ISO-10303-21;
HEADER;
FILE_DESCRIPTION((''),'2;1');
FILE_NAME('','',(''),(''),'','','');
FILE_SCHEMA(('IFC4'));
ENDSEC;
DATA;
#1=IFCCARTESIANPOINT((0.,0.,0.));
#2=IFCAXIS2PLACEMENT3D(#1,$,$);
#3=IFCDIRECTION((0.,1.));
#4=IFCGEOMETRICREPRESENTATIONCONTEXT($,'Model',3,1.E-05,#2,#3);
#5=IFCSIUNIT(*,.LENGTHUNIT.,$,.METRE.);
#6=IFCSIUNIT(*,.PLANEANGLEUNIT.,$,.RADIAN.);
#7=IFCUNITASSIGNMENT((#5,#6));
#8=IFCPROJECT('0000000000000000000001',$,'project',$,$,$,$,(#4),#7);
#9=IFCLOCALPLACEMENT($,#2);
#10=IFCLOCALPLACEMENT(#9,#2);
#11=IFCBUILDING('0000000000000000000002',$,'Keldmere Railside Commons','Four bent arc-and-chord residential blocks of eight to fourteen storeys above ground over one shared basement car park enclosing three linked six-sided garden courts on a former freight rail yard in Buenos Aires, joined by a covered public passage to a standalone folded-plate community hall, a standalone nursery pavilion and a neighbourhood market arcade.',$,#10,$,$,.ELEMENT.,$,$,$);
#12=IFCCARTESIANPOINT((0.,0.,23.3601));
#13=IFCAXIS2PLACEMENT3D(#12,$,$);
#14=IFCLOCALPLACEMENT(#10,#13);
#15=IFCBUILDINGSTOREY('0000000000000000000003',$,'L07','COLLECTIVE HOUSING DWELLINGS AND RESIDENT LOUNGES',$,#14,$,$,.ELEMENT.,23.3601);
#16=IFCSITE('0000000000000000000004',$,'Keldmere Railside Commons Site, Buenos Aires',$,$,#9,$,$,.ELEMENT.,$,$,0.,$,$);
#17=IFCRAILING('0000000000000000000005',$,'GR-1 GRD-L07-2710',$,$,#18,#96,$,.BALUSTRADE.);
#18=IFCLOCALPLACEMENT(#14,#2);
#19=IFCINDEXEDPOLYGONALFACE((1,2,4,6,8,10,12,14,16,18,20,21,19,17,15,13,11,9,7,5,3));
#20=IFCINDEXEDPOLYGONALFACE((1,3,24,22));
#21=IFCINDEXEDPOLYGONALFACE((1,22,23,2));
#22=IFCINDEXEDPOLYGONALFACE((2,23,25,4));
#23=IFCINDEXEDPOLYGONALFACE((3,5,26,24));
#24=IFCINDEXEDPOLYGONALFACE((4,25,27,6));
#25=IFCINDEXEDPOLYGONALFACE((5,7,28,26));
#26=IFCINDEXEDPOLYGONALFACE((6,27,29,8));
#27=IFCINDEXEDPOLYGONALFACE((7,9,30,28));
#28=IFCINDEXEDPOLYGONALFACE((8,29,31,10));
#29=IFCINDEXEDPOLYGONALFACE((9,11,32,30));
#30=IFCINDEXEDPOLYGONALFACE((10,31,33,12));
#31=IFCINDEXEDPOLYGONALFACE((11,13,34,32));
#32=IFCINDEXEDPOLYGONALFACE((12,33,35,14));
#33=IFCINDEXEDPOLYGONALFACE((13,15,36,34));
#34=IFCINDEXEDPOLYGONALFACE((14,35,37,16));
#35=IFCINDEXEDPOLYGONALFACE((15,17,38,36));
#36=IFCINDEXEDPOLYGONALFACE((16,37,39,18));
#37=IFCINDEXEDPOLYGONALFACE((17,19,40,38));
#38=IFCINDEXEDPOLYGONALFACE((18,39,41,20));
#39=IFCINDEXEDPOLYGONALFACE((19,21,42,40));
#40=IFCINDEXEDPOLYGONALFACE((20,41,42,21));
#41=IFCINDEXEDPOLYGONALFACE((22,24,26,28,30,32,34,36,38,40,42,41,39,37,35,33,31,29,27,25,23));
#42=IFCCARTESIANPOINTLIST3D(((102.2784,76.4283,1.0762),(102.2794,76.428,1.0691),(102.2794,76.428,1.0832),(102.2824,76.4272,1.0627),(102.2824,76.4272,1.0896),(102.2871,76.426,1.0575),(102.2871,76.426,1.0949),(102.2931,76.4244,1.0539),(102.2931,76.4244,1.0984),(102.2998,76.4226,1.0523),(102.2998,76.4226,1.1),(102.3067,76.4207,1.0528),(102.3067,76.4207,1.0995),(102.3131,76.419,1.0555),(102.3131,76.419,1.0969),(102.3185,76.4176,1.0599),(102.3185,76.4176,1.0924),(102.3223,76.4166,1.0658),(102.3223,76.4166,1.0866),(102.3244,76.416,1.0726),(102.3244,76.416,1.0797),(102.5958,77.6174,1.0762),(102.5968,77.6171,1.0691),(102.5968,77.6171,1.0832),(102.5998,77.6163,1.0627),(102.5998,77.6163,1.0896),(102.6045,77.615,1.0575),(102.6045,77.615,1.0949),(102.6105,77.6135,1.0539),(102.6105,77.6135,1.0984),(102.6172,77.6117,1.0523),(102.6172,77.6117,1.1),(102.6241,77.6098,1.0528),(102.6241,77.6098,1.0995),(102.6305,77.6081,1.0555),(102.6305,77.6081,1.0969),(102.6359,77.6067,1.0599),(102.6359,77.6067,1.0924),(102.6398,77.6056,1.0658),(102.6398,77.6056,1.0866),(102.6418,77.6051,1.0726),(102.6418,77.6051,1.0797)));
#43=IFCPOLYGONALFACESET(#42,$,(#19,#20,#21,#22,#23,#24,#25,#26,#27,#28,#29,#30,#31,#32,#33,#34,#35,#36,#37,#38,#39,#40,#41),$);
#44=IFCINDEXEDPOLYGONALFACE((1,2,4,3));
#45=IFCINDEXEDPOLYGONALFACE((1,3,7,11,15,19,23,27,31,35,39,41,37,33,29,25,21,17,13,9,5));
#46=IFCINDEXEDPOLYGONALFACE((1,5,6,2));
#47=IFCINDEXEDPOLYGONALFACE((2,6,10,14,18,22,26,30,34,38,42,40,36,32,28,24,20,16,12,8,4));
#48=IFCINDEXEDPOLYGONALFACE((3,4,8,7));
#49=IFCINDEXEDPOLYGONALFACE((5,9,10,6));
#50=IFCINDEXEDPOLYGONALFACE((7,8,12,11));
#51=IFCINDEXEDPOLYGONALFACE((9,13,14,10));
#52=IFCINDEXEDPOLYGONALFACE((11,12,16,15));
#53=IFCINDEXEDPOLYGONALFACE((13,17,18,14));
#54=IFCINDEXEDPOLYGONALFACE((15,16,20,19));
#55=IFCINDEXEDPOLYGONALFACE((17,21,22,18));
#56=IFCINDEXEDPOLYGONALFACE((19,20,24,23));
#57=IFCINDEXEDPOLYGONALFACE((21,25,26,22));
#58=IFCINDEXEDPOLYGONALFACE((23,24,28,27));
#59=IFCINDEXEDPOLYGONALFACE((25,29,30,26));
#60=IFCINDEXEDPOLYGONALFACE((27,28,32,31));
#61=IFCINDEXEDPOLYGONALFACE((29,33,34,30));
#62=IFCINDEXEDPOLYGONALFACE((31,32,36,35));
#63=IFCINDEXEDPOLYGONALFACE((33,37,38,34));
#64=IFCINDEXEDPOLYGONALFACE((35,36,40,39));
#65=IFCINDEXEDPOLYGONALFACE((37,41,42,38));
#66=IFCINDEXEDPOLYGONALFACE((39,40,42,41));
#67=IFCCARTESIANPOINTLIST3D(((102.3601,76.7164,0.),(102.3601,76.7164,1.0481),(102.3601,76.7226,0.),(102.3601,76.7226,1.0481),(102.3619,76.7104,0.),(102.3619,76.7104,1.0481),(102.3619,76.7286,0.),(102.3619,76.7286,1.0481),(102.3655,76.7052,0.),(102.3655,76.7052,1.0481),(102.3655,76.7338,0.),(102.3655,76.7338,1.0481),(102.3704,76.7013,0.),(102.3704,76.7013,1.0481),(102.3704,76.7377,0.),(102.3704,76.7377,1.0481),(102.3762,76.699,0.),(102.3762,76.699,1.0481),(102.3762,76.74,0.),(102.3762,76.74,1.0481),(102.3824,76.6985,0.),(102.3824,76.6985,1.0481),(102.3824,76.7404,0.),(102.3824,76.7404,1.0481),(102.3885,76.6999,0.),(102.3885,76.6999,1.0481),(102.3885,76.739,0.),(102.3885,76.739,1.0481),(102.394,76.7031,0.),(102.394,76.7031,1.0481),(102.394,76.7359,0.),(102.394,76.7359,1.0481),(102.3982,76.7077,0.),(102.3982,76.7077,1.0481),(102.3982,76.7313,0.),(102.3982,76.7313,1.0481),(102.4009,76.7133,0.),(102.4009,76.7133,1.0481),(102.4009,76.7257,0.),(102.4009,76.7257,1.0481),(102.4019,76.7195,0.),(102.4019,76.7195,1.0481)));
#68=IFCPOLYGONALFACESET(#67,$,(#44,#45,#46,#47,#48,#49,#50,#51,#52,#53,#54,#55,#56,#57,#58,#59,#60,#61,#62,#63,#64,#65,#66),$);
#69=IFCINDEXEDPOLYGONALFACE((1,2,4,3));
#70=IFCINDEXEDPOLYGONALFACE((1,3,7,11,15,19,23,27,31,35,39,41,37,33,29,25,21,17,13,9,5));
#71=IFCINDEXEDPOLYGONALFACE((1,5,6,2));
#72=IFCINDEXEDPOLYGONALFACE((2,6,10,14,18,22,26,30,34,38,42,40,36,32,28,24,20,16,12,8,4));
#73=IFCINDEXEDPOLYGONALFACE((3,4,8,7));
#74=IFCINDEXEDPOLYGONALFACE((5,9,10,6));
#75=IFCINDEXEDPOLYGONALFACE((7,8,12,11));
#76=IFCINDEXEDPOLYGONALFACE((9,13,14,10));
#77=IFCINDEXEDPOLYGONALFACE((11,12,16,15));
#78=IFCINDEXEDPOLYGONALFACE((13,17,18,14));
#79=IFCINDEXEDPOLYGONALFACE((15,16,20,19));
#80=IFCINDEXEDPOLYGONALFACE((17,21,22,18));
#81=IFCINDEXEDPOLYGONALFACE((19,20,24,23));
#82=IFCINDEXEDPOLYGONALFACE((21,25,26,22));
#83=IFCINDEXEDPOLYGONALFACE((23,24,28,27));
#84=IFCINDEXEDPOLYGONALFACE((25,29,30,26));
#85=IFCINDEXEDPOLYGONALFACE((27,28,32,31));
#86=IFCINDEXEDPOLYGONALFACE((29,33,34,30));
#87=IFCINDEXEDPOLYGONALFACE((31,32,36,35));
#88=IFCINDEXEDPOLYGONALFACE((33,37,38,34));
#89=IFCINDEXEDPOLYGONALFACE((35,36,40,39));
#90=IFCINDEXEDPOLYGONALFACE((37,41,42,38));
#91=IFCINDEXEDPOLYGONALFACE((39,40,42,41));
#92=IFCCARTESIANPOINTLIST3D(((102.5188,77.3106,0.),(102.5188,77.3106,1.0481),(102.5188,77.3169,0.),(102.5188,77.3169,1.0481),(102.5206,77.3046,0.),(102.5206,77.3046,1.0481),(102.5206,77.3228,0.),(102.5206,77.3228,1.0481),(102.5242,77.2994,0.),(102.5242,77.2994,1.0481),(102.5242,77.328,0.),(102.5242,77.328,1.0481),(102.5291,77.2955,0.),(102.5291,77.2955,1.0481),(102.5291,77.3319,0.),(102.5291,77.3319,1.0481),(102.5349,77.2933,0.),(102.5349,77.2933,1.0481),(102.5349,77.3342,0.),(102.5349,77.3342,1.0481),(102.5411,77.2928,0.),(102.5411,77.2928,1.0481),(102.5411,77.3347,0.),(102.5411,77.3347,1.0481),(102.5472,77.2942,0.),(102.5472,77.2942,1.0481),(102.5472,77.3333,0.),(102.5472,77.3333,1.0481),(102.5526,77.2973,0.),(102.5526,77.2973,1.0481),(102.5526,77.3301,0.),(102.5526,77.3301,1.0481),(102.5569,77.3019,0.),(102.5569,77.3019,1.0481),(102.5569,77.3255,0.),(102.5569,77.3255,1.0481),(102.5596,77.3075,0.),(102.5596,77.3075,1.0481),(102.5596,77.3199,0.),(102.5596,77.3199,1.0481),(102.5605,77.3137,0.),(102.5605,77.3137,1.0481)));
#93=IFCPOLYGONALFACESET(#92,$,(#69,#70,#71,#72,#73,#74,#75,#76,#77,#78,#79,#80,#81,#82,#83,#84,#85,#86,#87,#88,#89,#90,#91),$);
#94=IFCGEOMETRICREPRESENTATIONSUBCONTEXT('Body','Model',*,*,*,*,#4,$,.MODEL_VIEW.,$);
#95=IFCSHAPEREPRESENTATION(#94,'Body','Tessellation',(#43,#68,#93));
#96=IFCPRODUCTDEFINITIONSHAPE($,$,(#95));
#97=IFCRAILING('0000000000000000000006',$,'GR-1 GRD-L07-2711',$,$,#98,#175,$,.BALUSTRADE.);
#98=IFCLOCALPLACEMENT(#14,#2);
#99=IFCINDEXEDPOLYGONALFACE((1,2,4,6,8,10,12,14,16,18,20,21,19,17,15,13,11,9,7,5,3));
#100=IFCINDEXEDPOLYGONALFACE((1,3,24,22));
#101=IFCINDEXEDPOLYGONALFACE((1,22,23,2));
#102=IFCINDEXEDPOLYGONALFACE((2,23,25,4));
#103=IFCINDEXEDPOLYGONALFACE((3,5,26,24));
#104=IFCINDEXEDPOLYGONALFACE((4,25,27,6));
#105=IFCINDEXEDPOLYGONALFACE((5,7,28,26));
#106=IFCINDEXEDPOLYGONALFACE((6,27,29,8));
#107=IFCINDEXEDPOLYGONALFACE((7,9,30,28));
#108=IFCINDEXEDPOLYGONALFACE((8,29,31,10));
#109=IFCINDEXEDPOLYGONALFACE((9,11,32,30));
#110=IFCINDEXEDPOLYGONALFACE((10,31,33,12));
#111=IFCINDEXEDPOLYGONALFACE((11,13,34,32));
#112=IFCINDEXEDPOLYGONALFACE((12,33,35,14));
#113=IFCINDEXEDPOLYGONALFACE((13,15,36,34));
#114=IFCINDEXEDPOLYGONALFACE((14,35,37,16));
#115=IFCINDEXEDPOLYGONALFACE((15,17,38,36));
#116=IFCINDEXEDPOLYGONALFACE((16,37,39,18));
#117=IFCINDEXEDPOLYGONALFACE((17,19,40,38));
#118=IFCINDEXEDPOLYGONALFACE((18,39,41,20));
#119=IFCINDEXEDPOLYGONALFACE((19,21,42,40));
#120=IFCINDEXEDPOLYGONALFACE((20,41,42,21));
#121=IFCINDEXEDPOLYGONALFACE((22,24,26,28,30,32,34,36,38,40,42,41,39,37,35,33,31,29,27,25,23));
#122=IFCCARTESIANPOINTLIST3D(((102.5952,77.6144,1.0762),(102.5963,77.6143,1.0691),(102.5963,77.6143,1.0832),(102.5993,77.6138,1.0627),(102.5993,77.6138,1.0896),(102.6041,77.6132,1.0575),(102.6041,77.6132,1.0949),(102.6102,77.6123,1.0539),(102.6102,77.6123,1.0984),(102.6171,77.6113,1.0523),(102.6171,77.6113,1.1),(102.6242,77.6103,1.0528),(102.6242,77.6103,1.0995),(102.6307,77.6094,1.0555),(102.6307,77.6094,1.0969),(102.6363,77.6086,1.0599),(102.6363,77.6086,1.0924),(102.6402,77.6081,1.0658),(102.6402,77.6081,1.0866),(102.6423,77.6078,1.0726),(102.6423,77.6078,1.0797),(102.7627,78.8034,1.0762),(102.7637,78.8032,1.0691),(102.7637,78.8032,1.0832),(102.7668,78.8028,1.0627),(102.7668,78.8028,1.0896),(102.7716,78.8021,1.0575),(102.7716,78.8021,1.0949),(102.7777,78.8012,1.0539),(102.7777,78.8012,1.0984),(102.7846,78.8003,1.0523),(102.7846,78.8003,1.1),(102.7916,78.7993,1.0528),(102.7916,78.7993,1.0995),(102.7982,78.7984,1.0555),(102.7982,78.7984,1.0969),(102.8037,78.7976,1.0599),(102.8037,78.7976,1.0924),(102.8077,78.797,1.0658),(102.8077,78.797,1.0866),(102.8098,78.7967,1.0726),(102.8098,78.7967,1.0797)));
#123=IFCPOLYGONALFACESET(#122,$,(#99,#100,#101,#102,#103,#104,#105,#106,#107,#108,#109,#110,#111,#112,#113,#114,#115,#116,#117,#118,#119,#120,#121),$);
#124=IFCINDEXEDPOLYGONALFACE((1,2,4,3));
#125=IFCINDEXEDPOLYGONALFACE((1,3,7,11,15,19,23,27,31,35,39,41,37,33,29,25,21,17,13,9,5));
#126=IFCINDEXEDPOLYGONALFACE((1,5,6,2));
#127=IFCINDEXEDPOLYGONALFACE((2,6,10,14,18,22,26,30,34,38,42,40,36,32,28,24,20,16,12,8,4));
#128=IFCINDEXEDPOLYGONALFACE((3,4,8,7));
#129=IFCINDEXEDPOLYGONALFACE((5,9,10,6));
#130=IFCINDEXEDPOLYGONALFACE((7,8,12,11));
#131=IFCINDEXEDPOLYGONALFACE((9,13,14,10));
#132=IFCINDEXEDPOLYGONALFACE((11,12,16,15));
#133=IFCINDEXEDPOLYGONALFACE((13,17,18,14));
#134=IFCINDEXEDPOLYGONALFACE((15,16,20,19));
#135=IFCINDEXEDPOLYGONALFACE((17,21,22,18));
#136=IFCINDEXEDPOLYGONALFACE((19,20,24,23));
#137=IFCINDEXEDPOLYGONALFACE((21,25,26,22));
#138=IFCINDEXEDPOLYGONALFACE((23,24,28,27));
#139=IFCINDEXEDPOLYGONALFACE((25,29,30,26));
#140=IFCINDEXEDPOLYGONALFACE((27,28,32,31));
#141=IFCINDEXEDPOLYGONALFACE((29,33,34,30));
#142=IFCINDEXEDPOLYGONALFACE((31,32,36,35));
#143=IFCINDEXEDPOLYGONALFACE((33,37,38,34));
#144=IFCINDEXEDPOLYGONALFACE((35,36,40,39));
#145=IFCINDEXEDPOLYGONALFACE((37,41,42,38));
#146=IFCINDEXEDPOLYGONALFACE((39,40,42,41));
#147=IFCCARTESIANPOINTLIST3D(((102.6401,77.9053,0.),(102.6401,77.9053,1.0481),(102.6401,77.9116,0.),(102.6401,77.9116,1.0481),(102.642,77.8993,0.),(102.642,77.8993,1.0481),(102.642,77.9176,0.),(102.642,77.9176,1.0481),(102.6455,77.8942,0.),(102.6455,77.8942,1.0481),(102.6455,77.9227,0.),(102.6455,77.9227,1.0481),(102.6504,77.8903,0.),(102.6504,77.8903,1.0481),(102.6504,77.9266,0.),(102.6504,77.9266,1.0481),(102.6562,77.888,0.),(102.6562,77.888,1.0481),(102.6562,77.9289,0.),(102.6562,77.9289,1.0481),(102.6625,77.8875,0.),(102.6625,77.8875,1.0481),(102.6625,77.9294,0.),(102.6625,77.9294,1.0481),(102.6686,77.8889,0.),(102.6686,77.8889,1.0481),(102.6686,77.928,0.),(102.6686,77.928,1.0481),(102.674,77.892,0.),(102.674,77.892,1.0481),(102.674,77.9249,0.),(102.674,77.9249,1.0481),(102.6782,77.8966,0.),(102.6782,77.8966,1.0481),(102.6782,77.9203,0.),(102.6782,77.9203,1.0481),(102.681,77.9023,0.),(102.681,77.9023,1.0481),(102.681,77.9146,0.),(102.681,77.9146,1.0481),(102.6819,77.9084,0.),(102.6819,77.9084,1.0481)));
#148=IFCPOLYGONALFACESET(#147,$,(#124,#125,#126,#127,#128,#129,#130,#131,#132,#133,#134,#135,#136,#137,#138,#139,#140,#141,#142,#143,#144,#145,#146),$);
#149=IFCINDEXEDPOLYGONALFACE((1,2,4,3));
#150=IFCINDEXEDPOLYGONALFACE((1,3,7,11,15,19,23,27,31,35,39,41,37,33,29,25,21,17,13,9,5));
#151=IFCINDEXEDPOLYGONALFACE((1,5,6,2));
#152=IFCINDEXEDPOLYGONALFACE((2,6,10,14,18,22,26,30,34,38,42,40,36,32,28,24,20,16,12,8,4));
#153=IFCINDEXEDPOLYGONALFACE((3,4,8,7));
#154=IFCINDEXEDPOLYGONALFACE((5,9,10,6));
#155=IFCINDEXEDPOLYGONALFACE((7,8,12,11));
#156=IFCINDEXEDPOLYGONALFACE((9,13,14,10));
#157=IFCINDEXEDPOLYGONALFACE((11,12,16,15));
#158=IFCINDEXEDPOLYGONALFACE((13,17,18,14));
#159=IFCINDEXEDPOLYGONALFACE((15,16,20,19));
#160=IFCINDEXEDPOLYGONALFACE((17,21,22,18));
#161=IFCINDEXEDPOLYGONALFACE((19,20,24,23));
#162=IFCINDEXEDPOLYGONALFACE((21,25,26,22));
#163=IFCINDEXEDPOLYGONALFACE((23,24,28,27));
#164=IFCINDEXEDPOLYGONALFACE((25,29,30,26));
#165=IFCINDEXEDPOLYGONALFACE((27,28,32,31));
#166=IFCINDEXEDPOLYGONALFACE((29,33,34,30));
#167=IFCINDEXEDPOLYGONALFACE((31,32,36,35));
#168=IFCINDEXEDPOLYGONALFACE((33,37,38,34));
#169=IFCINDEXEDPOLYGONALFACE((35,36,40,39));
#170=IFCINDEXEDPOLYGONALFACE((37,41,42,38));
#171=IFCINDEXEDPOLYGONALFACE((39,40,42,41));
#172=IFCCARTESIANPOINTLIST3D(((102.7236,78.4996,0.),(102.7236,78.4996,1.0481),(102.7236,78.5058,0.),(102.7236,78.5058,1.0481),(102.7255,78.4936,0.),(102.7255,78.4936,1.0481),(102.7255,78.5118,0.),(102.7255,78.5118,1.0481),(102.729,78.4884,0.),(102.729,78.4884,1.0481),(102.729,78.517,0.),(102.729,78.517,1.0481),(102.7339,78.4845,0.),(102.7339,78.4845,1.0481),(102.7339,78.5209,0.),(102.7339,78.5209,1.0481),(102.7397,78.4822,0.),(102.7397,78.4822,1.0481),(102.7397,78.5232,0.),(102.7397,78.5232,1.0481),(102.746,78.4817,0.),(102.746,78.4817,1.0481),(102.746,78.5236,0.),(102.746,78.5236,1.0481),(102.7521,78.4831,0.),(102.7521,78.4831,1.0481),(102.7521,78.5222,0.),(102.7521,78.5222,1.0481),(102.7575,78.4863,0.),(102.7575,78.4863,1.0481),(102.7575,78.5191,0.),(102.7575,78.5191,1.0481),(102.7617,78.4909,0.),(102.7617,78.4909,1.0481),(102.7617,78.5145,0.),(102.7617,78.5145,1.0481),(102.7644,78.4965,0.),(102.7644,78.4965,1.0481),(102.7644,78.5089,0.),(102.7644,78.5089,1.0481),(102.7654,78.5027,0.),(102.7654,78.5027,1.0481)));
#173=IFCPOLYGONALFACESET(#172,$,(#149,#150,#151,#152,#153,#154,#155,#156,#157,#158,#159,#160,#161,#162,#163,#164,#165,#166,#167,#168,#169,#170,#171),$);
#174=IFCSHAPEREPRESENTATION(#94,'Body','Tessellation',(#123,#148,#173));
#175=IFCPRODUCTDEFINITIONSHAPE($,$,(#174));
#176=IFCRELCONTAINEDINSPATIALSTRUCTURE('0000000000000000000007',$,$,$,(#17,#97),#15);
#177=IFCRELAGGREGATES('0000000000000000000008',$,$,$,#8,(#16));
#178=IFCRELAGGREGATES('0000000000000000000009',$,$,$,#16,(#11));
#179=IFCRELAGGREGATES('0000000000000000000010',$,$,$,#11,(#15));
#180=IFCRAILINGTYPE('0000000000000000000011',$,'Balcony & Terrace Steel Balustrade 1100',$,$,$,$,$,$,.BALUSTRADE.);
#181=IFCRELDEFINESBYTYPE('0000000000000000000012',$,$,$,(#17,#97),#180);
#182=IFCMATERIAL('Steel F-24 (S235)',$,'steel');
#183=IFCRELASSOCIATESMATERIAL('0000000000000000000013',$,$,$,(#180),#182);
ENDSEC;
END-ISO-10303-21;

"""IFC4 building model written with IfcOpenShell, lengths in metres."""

from ifc_helpers import new_model, si_unit, direction, frame, origin, origin_2d, place, context, subcontext, project, spatial, circle, extrude, material, type_object, element, save


model = new_model("IFC4")

# Units and contexts
model_context = context("Model", 3, precision=1e-05, world=origin(), true_north=direction((0.0, 1.0)))
body_context = subcontext(model_context, "Body", "Model", "MODEL_VIEW")
ifc_project = project(units=[si_unit("LENGTHUNIT", "METRE"), si_unit("PLANEANGLEUNIT", "RADIAN")], contexts=[model_context])

# Site, building, storey
site_placement = place(None, origin())
site = spatial("IfcSite", under=ifc_project, at=site_placement, Name="Keldmere Railside Commons Site, Buenos Aires", CompositionType="ELEMENT", RefElevation=0.0)
building_placement = place(site_placement, origin())
building = spatial("IfcBuilding", under=site, at=building_placement, Name="Keldmere Railside Commons", Description="Four bent arc-and-chord residential blocks of eight to fourteen storeys above ground over one shared basement car park enclosing three linked six-sided garden courts on a former freight rail yard in Buenos Aires, joined by a covered public passage to a standalone folded-plate community hall, a standalone nursery pavilion and a neighbourhood market arcade.", CompositionType="ELEMENT")
storey_placement = place(building_placement, frame((0.0, 0.0, 23.3601)))
storey = spatial("IfcBuildingStorey", under=building, at=storey_placement, Name="L07", Description="COLLECTIVE HOUSING DWELLINGS AND RESIDENT LOUNGES", CompositionType="ELEMENT", Elevation=23.3601)

# Shared definitions
ifc_material_1 = material(Name="Steel F-24 (S235)", Category="steel")

# Railings
railing_type = type_object("IfcRailingType", Name="Balcony & Terrace Steel Balustrade 1100", PredefinedType="BALUSTRADE", material=ifc_material_1)
railing_1_placement = place(storey_placement, frame((102.3015, 76.4221, 0.0)))
element("IfcRailing", 1, at=railing_1_placement, inside=storey, type_object=railing_type, Name="GR-1 GRD-L07-2710", PredefinedType="BALUSTRADE", context=body_context, shape_type="SweptSolid", body=[
    extrude(circle(Radius=0.0239, at=origin_2d()), frame((0.0, 0.0, 1.0762), z_axis=(0.25791, 0.966169, 0.0), x_axis=(-0.966169, 0.25791, 0.0)), (0.0, 0.0, 1.0), 1.2307),
    extrude(circle(Radius=0.021, at=origin_2d()), frame((0.0793, 0.2974, 0.0)), (0.0, 0.0, 1.0), 1.0481),
    extrude(circle(Radius=0.021, at=origin_2d()), frame((0.238, 0.8916, 0.0)), (0.0, 0.0, 1.0), 1.0481),
])
railing_2_placement = place(storey_placement, frame((102.6189, 77.6111, 0.0)))
element("IfcRailing", 2, at=railing_2_placement, inside=storey, type_object=railing_type, Name="GR-1 GRD-L07-2711", PredefinedType="BALUSTRADE", context=body_context, shape_type="SweptSolid", body=[
    extrude(circle(Radius=0.0239, at=origin_2d()), frame((0.0, 0.0, 1.0762), z_axis=(0.139485, 0.990224, 0.0), x_axis=(-0.990224, 0.139485, 0.0)), (0.0, 0.0, 1.0), 1.2007),
    extrude(circle(Radius=0.021, at=origin_2d()), frame((0.042, 0.2974, 0.0)), (0.0, 0.0, 1.0), 1.0481),
    extrude(circle(Radius=0.021, at=origin_2d()), frame((0.1255, 0.8916, 0.0)), (0.0, 0.0, 1.0), 1.0481),
])

save(model, "model.ifc")
